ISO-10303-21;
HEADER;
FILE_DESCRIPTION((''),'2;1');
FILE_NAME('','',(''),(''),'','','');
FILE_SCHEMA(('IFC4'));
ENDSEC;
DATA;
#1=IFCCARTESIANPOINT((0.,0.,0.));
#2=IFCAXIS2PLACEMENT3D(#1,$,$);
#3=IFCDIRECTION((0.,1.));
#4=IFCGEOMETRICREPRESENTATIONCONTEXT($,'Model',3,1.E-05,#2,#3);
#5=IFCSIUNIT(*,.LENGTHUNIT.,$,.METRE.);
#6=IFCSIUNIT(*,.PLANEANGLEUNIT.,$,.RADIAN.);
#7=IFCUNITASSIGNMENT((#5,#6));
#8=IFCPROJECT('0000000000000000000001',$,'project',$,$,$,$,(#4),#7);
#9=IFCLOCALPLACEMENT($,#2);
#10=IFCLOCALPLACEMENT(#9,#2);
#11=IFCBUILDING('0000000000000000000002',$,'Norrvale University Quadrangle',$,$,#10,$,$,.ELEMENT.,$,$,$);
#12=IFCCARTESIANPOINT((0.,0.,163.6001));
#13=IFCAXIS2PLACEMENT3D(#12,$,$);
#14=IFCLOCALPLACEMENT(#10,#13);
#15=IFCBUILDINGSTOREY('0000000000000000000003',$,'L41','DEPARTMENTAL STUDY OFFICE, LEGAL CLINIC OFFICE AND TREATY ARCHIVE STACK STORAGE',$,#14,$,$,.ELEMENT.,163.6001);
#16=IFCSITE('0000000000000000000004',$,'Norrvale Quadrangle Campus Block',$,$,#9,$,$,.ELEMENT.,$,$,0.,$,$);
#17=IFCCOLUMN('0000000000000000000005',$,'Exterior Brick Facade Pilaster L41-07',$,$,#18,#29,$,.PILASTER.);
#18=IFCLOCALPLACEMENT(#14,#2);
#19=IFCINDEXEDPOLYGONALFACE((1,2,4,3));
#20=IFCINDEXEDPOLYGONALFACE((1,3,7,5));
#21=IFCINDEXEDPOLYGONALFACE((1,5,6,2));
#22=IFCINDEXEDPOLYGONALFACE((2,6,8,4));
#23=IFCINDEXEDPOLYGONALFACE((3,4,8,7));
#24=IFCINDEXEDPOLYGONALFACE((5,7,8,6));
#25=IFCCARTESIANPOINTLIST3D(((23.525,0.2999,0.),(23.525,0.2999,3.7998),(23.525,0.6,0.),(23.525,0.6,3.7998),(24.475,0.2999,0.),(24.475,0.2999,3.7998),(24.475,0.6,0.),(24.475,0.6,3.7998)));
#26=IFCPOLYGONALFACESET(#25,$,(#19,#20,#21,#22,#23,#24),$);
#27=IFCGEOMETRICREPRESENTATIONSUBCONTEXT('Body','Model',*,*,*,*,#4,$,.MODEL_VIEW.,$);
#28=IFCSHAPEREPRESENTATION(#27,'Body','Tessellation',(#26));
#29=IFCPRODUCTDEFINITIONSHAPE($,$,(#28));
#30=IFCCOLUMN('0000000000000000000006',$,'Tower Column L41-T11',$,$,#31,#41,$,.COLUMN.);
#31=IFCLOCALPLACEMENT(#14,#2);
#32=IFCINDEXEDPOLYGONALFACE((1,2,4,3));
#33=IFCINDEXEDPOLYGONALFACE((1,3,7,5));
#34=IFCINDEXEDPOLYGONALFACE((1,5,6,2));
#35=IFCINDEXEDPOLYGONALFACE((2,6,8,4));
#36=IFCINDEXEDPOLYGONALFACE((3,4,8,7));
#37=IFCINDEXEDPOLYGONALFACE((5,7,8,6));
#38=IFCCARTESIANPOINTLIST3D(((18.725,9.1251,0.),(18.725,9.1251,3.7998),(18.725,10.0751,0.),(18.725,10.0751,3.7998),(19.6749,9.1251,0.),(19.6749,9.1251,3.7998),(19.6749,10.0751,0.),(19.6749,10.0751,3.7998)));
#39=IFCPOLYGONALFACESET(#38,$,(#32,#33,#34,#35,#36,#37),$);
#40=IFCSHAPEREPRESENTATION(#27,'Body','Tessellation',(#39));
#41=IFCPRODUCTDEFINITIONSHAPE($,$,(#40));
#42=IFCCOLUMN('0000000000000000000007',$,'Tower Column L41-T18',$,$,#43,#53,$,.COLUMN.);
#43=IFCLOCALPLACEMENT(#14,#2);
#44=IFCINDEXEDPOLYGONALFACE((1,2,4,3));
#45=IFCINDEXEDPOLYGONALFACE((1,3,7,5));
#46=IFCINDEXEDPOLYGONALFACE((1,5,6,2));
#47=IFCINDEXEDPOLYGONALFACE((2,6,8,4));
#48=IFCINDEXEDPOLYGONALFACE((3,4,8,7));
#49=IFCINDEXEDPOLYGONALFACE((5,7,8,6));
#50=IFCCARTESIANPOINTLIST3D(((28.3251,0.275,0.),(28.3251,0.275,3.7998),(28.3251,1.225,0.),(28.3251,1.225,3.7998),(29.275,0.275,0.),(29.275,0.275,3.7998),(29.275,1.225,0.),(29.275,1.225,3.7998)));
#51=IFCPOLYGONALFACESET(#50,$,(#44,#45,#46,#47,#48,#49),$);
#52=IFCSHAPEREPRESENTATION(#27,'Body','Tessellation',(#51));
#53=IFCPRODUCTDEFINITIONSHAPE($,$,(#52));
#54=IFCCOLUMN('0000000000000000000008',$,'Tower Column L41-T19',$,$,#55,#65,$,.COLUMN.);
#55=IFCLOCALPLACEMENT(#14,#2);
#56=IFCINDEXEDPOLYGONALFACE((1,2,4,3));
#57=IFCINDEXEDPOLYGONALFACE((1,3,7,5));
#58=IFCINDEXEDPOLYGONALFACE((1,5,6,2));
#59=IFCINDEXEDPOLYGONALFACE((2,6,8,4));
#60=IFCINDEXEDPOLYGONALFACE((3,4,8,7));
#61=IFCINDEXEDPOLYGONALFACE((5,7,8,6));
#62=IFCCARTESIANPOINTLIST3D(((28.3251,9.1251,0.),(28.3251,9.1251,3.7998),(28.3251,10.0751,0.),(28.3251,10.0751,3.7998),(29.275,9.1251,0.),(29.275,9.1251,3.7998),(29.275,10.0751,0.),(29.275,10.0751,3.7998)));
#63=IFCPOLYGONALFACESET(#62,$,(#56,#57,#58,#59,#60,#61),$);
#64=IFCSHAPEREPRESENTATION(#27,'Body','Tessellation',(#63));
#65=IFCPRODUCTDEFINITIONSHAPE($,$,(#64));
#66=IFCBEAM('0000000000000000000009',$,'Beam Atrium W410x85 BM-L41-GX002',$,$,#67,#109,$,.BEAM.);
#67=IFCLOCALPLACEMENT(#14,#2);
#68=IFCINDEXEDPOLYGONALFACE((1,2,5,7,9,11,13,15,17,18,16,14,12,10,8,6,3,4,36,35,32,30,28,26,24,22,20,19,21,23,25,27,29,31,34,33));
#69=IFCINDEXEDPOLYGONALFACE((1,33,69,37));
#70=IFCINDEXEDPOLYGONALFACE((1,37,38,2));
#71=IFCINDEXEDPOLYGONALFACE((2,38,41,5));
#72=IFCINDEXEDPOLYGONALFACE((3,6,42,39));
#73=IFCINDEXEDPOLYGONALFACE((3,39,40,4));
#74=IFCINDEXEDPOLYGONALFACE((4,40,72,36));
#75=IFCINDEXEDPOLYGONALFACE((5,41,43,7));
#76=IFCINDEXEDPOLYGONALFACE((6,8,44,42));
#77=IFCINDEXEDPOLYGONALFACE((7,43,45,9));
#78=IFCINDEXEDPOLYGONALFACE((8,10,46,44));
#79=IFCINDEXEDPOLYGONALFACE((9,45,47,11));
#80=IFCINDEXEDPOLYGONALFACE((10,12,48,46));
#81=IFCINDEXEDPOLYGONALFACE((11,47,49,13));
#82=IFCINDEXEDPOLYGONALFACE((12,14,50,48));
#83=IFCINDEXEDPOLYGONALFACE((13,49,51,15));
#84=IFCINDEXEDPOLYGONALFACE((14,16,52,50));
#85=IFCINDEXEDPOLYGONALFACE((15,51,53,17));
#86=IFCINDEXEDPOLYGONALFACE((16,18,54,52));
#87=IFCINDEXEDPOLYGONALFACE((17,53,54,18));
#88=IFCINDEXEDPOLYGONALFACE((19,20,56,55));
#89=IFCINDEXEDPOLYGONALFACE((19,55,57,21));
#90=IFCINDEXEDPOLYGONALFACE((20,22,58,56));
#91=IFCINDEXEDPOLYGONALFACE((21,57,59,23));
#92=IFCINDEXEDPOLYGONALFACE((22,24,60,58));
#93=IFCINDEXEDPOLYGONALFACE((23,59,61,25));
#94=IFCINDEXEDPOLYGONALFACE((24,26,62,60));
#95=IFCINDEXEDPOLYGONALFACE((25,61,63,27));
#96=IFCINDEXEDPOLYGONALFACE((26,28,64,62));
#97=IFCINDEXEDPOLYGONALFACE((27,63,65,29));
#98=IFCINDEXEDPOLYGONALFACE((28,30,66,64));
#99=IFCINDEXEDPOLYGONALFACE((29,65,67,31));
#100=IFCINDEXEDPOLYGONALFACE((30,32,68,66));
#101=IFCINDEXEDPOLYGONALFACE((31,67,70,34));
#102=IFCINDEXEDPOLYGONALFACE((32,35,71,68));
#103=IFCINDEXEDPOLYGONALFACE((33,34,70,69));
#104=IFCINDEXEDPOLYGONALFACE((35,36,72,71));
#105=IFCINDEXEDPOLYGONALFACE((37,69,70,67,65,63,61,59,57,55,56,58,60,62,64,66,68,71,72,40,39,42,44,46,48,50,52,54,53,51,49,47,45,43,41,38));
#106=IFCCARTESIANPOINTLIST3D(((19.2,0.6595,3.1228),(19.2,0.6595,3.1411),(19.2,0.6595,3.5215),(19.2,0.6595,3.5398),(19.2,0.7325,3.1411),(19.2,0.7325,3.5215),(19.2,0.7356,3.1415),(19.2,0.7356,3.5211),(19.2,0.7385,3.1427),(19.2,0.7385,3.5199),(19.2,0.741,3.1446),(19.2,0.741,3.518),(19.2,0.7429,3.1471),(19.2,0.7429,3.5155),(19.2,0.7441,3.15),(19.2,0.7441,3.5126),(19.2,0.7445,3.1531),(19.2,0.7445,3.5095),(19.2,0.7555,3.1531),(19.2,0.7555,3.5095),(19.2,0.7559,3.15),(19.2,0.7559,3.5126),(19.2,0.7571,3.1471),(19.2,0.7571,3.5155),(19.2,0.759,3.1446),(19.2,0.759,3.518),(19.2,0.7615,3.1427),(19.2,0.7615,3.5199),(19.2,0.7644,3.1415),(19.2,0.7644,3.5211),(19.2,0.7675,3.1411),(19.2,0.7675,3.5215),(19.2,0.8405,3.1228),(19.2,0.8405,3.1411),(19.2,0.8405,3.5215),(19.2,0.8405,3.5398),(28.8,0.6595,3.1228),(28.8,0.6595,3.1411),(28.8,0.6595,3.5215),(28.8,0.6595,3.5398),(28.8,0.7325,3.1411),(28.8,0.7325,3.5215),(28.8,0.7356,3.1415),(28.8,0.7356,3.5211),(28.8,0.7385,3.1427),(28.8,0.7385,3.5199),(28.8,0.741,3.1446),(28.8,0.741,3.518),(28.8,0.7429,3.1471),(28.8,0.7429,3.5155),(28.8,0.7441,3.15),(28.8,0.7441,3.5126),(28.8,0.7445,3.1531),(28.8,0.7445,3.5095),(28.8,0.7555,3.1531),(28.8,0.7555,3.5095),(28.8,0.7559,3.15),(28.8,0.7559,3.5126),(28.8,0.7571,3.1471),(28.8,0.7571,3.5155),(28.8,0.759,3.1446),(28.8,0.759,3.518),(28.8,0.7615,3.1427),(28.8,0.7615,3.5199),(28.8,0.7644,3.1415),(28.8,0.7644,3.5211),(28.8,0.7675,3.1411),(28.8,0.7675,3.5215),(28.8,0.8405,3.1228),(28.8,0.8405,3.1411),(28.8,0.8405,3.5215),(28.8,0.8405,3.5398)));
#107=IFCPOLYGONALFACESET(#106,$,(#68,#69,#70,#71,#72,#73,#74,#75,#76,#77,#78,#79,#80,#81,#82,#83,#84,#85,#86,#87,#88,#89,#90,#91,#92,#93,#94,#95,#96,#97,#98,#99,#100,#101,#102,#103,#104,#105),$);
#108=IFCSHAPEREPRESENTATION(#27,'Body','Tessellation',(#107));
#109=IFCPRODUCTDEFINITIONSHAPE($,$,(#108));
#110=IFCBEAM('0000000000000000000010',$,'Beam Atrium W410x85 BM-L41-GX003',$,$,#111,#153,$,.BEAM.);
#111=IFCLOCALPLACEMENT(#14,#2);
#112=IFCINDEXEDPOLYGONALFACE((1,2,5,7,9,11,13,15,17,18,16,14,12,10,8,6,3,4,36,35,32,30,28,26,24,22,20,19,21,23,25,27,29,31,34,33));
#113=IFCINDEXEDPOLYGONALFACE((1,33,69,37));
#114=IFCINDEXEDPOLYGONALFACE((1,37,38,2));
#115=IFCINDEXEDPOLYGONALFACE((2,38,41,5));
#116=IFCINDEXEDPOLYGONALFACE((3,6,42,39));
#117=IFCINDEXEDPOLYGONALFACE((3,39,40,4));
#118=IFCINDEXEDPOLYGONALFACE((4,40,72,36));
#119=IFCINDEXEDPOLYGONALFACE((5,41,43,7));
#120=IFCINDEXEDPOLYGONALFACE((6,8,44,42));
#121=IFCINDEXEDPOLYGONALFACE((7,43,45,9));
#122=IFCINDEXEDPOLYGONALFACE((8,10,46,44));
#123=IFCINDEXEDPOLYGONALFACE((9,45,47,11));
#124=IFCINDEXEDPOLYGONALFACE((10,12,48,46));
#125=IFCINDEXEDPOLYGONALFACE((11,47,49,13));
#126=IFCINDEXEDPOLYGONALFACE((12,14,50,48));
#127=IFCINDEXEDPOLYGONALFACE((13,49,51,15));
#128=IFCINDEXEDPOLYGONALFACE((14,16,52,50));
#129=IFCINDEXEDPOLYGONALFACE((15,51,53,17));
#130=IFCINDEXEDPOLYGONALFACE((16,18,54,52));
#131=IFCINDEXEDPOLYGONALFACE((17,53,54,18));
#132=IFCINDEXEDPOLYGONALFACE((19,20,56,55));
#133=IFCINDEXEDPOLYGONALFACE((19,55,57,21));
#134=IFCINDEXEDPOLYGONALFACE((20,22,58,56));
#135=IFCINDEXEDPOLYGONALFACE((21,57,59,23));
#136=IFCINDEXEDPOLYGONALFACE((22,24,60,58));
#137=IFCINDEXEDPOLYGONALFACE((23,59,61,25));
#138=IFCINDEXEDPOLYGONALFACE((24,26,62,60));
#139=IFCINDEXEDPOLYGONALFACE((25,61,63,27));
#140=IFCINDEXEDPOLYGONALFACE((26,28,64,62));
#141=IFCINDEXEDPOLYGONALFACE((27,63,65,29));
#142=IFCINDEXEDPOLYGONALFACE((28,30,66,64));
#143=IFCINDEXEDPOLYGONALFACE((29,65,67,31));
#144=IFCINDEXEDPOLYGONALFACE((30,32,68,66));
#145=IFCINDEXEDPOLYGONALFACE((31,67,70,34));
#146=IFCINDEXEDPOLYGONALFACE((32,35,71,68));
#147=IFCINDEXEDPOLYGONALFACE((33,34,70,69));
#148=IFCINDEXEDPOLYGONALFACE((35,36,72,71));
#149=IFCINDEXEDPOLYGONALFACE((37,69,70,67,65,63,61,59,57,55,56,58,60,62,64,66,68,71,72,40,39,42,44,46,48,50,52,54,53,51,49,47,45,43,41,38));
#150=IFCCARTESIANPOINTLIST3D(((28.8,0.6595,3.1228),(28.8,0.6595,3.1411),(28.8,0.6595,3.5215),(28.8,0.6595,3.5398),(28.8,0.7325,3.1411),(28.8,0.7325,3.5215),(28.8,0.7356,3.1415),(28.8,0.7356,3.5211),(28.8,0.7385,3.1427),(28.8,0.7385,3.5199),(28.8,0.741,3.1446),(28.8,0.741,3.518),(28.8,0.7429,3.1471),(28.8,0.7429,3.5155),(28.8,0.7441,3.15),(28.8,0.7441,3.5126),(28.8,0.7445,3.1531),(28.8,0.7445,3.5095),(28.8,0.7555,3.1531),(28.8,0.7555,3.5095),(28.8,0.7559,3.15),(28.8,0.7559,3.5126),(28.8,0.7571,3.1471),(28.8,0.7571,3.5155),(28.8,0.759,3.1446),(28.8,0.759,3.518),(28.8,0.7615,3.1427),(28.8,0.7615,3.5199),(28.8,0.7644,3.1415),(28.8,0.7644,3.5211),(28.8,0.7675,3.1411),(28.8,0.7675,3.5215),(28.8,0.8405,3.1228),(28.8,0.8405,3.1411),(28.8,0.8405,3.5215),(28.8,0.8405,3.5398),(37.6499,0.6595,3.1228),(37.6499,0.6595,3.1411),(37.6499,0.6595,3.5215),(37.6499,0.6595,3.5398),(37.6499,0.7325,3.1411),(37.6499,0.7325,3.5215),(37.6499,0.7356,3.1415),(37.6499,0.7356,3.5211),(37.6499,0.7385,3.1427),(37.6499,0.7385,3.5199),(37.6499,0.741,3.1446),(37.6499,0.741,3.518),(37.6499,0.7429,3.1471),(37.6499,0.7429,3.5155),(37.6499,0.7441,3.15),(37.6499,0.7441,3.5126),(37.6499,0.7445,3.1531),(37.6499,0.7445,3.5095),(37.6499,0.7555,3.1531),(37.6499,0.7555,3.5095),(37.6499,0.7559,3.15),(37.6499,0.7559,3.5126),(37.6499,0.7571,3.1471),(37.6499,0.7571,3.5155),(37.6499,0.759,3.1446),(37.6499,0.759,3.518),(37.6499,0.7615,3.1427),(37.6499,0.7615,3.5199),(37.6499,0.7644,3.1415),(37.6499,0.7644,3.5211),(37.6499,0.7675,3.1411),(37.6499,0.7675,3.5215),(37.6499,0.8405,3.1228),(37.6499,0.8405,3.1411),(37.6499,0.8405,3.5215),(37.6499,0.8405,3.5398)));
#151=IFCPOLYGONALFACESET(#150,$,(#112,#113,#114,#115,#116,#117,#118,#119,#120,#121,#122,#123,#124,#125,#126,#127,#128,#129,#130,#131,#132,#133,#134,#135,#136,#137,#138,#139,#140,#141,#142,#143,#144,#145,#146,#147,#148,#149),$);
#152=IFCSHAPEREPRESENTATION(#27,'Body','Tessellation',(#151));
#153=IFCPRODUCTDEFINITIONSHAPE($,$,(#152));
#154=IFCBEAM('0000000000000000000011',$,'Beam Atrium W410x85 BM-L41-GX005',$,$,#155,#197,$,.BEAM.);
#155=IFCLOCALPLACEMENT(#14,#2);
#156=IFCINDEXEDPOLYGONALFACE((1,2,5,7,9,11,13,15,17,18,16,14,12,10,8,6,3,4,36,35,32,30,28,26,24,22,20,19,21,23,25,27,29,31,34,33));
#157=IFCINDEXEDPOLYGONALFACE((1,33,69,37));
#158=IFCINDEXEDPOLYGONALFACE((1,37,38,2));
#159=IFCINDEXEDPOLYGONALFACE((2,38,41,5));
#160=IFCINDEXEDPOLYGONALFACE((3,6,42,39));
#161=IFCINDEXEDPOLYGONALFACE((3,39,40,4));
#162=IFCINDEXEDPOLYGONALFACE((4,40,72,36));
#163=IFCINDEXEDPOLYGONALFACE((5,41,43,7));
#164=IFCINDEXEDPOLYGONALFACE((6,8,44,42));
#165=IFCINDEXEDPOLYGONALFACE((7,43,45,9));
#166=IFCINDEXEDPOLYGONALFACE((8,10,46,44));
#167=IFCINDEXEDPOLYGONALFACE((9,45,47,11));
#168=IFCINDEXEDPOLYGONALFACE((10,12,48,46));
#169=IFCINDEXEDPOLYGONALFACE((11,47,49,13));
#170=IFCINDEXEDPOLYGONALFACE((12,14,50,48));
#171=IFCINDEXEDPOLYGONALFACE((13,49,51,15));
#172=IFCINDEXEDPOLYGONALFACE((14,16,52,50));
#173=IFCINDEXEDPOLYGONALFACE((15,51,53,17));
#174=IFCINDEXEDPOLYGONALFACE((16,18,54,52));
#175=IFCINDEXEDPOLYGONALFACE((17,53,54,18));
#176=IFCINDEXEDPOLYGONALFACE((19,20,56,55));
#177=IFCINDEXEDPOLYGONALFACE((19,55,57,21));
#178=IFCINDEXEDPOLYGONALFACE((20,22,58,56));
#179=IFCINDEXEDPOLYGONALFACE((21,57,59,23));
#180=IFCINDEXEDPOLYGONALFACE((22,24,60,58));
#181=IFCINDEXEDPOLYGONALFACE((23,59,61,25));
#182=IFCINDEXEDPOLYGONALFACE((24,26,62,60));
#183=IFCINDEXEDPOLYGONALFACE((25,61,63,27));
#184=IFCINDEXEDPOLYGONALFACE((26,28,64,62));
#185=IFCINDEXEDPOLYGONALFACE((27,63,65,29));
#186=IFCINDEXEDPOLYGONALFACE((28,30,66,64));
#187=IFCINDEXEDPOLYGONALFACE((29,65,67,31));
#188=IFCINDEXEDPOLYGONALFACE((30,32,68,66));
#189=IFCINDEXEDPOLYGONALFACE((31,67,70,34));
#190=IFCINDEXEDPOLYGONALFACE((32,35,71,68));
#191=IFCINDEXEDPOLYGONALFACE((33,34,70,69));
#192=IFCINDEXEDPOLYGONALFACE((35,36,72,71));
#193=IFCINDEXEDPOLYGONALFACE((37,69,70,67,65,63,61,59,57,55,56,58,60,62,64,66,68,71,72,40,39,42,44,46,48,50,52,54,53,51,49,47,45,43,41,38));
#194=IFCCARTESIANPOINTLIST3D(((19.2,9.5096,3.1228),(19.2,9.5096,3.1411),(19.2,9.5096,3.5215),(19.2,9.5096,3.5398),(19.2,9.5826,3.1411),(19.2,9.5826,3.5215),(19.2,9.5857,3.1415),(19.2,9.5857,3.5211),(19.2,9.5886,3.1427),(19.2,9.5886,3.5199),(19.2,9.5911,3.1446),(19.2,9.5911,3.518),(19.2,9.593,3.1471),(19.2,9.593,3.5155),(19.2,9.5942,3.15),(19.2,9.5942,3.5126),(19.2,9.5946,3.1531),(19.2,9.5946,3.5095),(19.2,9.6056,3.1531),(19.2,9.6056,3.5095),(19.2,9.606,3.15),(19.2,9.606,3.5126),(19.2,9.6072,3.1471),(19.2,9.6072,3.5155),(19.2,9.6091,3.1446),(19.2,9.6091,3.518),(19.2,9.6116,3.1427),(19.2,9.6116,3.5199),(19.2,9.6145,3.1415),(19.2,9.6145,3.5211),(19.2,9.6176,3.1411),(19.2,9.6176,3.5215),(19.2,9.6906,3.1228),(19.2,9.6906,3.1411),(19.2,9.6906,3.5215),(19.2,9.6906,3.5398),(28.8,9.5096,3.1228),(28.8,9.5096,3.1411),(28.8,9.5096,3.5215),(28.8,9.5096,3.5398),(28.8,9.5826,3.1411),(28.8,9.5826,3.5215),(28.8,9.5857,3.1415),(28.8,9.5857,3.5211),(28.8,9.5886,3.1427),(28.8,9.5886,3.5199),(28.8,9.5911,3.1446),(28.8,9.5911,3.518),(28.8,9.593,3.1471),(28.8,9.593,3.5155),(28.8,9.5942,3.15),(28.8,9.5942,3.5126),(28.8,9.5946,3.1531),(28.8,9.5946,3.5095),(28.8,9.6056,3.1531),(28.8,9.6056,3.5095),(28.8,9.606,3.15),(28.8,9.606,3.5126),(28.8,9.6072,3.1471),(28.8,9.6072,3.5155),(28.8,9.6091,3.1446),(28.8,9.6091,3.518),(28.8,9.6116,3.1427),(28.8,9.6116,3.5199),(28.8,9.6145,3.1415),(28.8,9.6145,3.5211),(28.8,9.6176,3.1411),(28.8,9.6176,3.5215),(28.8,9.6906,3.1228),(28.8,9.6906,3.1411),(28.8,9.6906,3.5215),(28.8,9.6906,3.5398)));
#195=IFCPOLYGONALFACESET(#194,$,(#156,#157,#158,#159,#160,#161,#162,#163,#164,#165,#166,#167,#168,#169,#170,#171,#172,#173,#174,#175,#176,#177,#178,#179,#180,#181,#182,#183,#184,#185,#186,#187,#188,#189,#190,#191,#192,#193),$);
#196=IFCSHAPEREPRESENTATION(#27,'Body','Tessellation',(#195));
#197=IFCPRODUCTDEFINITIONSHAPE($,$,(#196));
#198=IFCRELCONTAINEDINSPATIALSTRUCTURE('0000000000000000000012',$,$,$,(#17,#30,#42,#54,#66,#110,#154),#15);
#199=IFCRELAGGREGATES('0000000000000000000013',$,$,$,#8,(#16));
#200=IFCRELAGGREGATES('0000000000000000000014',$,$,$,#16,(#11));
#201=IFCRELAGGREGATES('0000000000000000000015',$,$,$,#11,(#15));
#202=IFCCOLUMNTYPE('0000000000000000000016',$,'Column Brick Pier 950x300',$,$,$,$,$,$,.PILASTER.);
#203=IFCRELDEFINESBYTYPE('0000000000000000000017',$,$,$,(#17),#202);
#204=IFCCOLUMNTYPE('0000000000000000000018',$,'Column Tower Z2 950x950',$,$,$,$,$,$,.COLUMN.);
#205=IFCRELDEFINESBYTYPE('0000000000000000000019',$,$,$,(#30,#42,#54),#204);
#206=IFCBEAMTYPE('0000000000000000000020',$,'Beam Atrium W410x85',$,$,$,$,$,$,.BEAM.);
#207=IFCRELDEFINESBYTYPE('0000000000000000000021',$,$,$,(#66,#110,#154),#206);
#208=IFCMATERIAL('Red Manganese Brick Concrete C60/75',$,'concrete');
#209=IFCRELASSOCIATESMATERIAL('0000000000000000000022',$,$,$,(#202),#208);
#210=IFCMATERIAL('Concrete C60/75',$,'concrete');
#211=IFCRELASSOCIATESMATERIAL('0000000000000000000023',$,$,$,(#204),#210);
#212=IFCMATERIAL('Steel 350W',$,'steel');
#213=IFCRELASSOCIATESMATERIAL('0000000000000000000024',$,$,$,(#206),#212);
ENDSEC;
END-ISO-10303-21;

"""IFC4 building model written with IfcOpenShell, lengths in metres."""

from ifc_helpers import new_model, si_unit, direction, frame, origin, origin_2d, place, context, subcontext, project, spatial, rectangle, i_section, extrude, material, material_profile, profile_set, type_object, element, save


model = new_model("IFC4")

# Units and contexts
model_context = context("Model", 3, precision=1e-05, world=origin(), true_north=direction((0.0, 1.0)))
body_context = subcontext(model_context, "Body", "Model", "MODEL_VIEW")
ifc_project = project(units=[si_unit("LENGTHUNIT", "METRE"), si_unit("PLANEANGLEUNIT", "RADIAN")], contexts=[model_context])

# Site, building, storey
site_placement = place(None, origin())
site = spatial("IfcSite", under=ifc_project, at=site_placement, Name="Norrvale Quadrangle Campus Block", CompositionType="ELEMENT", RefElevation=0.0)
building_placement = place(site_placement, origin())
building = spatial("IfcBuilding", under=site, at=building_placement, Name="Norrvale University Quadrangle", CompositionType="ELEMENT")
storey_placement = place(building_placement, frame((0.0, 0.0, 163.6001)))
storey = spatial("IfcBuildingStorey", under=building, at=storey_placement, Name="L41", Description="DEPARTMENTAL STUDY OFFICE, LEGAL CLINIC OFFICE AND TREATY ARCHIVE STACK STORAGE", CompositionType="ELEMENT", Elevation=163.6001)

# Columns
ifc_material_1 = material(Name="Red Manganese Brick Concrete C60/75", Category="concrete")
ifc_material_profile_1 = material_profile(ifc_material_1, rectangle(XDim=0.95, YDim=0.3, at=origin_2d()), Name="Red Manganese Brick Concrete C60/75")
ifc_profile_set_1 = profile_set([ifc_material_profile_1], Name="Red Manganese Brick Concrete C60/75")
column_type_1 = type_object("IfcColumnType", Name="Column Brick Pier 950x300", PredefinedType="PILASTER", material=ifc_profile_set_1)
column_placement = place(storey_placement, frame((24.0, 0.45, 0.0), z_axis=(0.0, 0.0, 1.0), x_axis=(1.0, 0.0, 0.0)))
element("IfcColumn", 1, at=column_placement, inside=storey, type_object=column_type_1, Name="Exterior Brick Facade Pilaster L41-07", PredefinedType="PILASTER", context=body_context, shape_type="SweptSolid", body=[
    extrude(rectangle(XDim=0.95, YDim=0.3, at=origin_2d()), origin(), (0.0, 0.0, 1.0), 3.7998),
])
ifc_material_2 = material(Name="Concrete C60/75", Category="concrete")
ifc_material_profile_2 = material_profile(ifc_material_2, rectangle(XDim=0.95, YDim=0.95, at=origin_2d()), Name="Concrete C60/75")
ifc_profile_set_2 = profile_set([ifc_material_profile_2], Name="Concrete C60/75")
column_type_2 = type_object("IfcColumnType", Name="Column Tower Z2 950x950", PredefinedType="COLUMN", material=ifc_profile_set_2)
for number, where, z_axis, x_axis, name in (
    (2, (19.2, 9.6001, 0.0), (0.0, 0.0, 1.0), (1.0, 0.0, 0.0), "Tower Column L41-T11"),
    (3, (28.8, 0.75, 0.0), (0.0, 0.0, 1.0), (1.0, 0.0, 0.0), "Tower Column L41-T18"),
    (4, (28.8, 9.6001, 0.0), (0.0, 0.0, 1.0), (1.0, 0.0, 0.0), "Tower Column L41-T19"),
):
    element("IfcColumn", number, at=place(storey_placement, frame(where, z_axis=z_axis, x_axis=x_axis)), inside=storey, type_object=column_type_2, Name=name, PredefinedType="COLUMN", context=body_context, shape_type="SweptSolid", body=[
        extrude(rectangle(XDim=0.95, YDim=0.95, at=origin_2d()), origin(), (0.0, 0.0, 1.0), 3.7998),
    ])

# Beams
ifc_material_3 = material(Name="Steel 350W", Category="steel")
ifc_material_profile_3 = material_profile(ifc_material_3, i_section(OverallWidth=0.1809, OverallDepth=0.417, WebThickness=0.011, FlangeThickness=0.0183, FilletRadius=0.012, at=origin_2d()), Name="Steel 350W")
ifc_profile_set_3 = profile_set([ifc_material_profile_3], Name="Steel 350W")
beam_type_1 = type_object("IfcBeamType", Name="Beam Atrium W410x85", PredefinedType="BEAM", material=ifc_profile_set_3)
beam_1_placement = place(storey_placement, frame((19.2, 0.75, 3.3313), z_axis=(1.0, 0.0, 0.0), x_axis=(0.0, 1.0, 0.0)))
element("IfcBeam", 5, at=beam_1_placement, inside=storey, type_object=beam_type_1, Name="Beam Atrium W410x85 BM-L41-GX002", PredefinedType="BEAM", context=body_context, shape_type="SweptSolid", body=[
    extrude(i_section(OverallWidth=0.1809, OverallDepth=0.417, WebThickness=0.011, FlangeThickness=0.0183, FilletRadius=0.012, at=origin_2d()), origin(), (0.0, 0.0, 1.0), 9.6001),
])
beam_2_placement = place(storey_placement, frame((28.8, 0.75, 3.3313), z_axis=(1.0, 0.0, 0.0), x_axis=(0.0, 1.0, 0.0)))
element("IfcBeam", 6, at=beam_2_placement, inside=storey, type_object=beam_type_1, Name="Beam Atrium W410x85 BM-L41-GX003", PredefinedType="BEAM", context=body_context, shape_type="SweptSolid", body=[
    extrude(i_section(OverallWidth=0.1809, OverallDepth=0.417, WebThickness=0.011, FlangeThickness=0.0183, FilletRadius=0.012, at=origin_2d()), origin(), (0.0, 0.0, 1.0), 8.8499),
])
beam_3_placement = place(storey_placement, frame((19.2, 9.6001, 3.3313), z_axis=(1.0, 0.0, 0.0), x_axis=(0.0, 1.0, 0.0)))
element("IfcBeam", 7, at=beam_3_placement, inside=storey, type_object=beam_type_1, Name="Beam Atrium W410x85 BM-L41-GX005", PredefinedType="BEAM", context=body_context, shape_type="SweptSolid", body=[
    extrude(i_section(OverallWidth=0.1809, OverallDepth=0.417, WebThickness=0.011, FlangeThickness=0.0183, FilletRadius=0.012, at=origin_2d()), origin(), (0.0, 0.0, 1.0), 9.6001),
])

save(model, "model.ifc")
